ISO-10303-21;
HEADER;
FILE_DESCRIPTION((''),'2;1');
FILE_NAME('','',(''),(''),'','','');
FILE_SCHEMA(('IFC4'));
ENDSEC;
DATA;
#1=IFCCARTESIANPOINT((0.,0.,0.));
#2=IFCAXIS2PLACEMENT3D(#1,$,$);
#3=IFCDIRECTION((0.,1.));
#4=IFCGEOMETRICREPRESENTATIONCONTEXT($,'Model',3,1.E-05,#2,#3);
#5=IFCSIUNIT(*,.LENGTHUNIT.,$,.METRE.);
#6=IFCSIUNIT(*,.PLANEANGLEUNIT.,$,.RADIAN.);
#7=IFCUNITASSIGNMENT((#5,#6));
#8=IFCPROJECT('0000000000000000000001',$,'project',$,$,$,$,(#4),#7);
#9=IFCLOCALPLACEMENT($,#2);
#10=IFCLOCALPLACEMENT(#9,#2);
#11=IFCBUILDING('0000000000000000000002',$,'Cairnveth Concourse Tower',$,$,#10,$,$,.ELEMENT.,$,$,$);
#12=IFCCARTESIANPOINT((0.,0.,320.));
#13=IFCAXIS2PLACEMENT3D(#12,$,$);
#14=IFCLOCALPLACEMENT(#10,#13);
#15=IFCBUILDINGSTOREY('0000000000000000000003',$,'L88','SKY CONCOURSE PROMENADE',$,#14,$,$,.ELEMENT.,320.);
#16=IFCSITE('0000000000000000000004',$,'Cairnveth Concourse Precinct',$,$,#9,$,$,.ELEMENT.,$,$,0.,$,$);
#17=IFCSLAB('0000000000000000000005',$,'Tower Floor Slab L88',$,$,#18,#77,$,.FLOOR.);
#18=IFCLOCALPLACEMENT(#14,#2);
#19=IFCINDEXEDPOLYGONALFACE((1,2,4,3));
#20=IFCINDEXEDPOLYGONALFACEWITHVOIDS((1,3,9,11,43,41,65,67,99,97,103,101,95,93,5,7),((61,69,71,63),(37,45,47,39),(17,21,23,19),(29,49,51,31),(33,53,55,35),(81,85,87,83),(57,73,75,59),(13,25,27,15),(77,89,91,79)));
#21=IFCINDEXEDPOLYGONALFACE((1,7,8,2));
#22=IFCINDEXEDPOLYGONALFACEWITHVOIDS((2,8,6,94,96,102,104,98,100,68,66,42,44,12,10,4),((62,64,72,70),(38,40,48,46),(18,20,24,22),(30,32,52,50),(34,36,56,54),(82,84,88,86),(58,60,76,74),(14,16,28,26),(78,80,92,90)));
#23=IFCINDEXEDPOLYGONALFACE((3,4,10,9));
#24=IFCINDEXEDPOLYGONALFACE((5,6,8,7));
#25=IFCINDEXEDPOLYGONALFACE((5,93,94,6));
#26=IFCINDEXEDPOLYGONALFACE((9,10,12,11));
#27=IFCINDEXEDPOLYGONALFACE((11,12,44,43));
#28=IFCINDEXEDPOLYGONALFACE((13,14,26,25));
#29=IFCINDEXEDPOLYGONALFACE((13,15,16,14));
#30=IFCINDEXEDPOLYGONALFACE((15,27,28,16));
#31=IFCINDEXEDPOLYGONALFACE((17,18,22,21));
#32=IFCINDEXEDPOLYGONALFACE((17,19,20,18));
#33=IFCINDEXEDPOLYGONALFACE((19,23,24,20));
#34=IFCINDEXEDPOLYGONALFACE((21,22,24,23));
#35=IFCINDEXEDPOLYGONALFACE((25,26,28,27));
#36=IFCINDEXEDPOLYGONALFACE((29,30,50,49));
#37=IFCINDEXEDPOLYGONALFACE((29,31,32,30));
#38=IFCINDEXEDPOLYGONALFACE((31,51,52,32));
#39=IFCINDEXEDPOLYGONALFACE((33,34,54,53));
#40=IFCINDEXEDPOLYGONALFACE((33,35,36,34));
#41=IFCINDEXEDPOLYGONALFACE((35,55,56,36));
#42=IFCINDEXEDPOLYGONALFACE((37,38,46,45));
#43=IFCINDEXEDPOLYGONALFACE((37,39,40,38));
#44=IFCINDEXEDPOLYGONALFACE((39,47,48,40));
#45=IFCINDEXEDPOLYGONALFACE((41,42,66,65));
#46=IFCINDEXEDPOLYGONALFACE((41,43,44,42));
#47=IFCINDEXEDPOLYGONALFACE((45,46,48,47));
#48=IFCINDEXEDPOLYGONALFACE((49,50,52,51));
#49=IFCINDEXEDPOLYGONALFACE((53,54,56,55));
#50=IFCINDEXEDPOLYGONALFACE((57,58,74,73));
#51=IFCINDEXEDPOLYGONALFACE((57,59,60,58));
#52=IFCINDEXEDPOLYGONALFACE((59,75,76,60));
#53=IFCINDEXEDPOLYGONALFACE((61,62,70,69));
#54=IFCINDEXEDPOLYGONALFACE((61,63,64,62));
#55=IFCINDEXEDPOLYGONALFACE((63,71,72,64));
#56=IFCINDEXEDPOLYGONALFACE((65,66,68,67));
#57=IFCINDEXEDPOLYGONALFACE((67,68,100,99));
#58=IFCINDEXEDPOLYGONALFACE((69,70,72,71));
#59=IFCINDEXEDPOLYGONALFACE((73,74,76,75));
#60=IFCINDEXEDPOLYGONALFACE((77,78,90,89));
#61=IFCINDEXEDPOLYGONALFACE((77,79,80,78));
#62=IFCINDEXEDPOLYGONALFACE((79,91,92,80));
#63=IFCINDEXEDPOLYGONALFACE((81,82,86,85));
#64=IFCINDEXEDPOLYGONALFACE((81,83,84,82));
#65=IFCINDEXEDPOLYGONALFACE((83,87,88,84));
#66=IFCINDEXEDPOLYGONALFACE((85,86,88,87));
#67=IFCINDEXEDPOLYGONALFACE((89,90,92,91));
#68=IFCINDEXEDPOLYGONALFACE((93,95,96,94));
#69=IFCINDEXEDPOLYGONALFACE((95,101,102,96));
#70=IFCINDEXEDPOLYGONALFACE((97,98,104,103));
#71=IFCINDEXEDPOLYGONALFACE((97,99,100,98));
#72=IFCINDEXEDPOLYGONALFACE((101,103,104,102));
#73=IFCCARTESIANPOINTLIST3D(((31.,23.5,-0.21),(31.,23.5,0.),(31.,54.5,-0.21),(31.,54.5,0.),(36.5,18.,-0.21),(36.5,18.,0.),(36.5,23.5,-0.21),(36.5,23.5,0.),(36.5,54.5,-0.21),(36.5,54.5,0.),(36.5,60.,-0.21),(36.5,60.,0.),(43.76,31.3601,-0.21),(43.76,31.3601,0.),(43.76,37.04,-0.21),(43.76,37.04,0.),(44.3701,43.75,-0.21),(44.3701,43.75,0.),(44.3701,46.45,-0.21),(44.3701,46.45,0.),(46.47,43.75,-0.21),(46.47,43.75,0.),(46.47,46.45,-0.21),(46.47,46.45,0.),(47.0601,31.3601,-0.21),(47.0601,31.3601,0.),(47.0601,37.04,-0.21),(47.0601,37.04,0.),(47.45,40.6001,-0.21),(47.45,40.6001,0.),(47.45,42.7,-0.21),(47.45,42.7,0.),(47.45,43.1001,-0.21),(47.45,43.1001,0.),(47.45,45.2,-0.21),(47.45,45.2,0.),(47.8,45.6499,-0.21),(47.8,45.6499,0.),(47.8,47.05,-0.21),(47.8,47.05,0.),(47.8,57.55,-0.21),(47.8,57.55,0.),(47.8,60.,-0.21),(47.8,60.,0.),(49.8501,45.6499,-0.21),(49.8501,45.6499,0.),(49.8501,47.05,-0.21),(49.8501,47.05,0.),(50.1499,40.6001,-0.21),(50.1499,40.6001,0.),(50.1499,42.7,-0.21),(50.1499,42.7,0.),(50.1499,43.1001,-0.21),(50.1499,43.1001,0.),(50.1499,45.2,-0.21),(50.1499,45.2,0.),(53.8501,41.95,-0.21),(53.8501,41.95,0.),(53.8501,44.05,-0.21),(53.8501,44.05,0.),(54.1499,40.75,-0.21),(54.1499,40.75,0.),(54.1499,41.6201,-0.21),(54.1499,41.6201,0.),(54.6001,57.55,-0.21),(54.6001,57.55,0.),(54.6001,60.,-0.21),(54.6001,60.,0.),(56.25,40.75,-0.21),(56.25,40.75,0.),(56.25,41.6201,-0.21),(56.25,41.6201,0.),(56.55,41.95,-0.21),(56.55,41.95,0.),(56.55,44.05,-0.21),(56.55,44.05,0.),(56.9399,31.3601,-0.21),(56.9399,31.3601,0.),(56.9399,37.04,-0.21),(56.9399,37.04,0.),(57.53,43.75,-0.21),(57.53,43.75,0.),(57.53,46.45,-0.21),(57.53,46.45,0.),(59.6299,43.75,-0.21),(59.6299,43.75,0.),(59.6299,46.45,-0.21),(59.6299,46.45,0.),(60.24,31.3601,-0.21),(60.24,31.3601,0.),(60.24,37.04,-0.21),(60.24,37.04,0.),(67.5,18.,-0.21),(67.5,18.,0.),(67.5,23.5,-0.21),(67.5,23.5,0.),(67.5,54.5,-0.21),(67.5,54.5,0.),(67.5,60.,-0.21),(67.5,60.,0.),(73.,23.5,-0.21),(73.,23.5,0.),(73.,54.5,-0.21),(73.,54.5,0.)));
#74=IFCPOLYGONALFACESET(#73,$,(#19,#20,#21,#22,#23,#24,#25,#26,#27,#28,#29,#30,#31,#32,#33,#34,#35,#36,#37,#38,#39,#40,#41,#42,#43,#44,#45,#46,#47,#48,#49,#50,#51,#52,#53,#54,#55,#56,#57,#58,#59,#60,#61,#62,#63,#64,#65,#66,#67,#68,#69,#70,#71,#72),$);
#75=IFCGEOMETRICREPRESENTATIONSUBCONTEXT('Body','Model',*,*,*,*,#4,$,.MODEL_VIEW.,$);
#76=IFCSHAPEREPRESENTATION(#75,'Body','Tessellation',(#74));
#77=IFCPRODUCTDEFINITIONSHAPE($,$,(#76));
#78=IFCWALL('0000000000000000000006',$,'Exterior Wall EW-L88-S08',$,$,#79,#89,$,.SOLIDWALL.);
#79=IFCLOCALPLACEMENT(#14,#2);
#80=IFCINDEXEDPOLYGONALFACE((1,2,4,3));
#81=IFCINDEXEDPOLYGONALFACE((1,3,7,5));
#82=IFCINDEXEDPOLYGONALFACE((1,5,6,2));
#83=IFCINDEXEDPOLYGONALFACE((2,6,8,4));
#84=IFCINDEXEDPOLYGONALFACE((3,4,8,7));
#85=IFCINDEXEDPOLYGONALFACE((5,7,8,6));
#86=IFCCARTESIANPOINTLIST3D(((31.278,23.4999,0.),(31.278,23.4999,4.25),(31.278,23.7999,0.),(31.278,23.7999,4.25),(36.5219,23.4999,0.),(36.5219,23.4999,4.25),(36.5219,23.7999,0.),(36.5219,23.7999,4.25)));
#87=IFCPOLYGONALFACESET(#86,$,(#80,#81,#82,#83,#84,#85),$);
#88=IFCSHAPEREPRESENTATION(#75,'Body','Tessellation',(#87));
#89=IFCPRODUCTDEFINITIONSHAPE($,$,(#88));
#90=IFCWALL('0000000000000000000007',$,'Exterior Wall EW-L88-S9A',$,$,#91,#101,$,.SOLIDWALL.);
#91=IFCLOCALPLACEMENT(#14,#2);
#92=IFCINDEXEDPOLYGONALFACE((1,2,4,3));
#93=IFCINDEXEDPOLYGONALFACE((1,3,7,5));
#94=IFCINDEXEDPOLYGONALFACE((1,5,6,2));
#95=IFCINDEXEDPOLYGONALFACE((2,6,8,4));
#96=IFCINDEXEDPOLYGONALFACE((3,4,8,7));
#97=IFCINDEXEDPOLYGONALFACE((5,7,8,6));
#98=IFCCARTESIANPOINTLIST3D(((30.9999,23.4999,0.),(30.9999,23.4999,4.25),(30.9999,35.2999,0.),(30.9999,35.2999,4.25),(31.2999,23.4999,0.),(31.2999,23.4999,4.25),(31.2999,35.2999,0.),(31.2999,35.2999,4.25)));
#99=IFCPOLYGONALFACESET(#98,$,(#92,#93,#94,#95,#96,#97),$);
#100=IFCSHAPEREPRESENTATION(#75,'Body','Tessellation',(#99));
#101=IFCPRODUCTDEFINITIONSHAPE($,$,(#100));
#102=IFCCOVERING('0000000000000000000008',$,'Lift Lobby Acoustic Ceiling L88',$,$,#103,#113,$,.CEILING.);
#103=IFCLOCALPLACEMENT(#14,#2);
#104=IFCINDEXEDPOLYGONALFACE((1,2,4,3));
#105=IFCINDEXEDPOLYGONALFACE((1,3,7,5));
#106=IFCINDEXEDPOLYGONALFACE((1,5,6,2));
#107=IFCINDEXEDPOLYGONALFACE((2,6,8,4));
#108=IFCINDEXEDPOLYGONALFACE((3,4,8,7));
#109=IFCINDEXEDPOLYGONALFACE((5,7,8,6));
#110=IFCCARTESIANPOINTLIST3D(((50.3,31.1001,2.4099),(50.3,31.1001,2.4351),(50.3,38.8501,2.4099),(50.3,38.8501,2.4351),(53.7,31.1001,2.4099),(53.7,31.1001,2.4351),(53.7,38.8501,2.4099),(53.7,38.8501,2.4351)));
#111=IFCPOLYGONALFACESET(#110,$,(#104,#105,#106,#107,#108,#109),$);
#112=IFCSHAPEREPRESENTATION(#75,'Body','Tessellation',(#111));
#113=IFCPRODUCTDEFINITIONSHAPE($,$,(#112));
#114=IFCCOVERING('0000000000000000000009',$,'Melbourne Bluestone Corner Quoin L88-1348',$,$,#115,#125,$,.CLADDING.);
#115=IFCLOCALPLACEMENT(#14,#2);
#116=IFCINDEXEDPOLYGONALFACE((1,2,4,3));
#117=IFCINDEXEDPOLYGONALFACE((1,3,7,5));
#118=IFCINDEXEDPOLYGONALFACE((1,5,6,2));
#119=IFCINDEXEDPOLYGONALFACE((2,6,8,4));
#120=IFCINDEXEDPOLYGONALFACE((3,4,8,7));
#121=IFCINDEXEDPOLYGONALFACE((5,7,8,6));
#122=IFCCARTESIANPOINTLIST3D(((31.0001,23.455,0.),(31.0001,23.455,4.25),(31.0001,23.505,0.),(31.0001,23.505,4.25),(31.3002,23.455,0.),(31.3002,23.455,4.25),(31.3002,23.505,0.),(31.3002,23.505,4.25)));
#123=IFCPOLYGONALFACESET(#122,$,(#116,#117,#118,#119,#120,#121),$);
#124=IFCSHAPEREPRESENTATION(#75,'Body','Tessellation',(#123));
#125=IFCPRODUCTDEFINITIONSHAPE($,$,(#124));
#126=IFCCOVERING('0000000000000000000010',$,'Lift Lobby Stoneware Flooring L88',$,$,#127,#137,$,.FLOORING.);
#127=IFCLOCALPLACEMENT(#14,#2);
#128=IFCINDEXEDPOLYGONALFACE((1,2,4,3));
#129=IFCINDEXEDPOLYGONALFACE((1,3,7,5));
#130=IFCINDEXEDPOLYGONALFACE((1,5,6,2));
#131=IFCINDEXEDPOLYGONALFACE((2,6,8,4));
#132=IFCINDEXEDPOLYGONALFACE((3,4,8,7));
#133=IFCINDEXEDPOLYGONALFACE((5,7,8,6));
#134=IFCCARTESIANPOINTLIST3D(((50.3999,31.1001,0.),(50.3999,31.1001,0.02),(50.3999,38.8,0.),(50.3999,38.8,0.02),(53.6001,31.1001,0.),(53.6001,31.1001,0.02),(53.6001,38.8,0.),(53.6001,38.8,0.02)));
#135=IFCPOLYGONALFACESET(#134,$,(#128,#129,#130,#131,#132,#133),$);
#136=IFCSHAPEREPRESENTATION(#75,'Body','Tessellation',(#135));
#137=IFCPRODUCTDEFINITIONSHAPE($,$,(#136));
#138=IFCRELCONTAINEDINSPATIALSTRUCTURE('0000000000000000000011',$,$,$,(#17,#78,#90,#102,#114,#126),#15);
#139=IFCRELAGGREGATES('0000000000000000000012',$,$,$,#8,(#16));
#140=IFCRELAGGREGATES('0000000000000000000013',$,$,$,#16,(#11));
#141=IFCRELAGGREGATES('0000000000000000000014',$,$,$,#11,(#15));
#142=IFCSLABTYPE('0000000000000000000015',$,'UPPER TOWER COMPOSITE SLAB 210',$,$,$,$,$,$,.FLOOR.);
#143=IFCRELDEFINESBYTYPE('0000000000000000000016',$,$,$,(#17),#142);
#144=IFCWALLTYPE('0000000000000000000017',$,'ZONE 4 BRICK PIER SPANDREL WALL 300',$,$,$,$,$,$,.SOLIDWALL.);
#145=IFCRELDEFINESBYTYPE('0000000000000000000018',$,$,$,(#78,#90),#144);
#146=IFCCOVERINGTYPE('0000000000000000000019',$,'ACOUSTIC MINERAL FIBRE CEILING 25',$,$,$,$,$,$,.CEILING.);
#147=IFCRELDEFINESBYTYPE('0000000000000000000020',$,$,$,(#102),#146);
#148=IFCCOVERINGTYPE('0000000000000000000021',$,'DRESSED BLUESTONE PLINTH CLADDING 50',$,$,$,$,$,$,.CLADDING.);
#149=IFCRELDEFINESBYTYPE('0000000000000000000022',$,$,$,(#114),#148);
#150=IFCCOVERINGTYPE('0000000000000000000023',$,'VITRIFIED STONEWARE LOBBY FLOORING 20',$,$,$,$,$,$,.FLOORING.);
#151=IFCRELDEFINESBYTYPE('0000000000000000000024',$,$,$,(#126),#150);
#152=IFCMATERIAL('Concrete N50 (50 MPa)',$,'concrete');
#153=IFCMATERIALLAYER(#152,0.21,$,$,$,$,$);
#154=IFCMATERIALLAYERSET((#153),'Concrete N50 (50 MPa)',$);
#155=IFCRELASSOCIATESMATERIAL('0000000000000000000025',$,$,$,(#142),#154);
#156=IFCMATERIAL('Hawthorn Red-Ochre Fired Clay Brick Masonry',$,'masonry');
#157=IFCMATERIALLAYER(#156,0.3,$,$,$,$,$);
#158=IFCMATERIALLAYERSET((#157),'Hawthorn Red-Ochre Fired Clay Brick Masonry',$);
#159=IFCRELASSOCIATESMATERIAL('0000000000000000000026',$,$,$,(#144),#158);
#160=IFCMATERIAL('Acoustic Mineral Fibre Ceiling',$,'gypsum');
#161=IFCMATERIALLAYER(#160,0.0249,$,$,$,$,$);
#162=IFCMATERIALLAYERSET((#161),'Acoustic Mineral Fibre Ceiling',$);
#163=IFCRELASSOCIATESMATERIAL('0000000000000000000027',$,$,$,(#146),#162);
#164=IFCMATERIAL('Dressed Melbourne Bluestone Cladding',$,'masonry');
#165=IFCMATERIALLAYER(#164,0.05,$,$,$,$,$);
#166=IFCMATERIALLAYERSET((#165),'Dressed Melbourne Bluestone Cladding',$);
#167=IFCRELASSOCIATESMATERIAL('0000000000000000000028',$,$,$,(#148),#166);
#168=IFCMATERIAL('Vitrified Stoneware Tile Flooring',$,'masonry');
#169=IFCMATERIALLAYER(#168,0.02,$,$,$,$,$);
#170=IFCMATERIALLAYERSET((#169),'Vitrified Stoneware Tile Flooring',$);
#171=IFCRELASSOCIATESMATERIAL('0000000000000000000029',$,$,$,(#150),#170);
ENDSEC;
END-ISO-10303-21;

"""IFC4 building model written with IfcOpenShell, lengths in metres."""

from ifc_helpers import new_model, si_unit, direction, frame, frame_2d, origin, place, context, subcontext, project, spatial, polyline, rectangle, outline, extrude, material, layer, layer_set, type_object, element, save


model = new_model("IFC4")

# Units and contexts
model_context = context("Model", 3, precision=1e-05, world=origin(), true_north=direction((0.0, 1.0)))
body_context = subcontext(model_context, "Body", "Model", "MODEL_VIEW")
ifc_project = project(units=[si_unit("LENGTHUNIT", "METRE"), si_unit("PLANEANGLEUNIT", "RADIAN")], contexts=[model_context])

# Site, building, storey
site_placement = place(None, origin())
site = spatial("IfcSite", under=ifc_project, at=site_placement, Name="Cairnveth Concourse Precinct", CompositionType="ELEMENT", RefElevation=0.0)
building_placement = place(site_placement, origin())
building = spatial("IfcBuilding", under=site, at=building_placement, Name="Cairnveth Concourse Tower", CompositionType="ELEMENT")
storey_placement = place(building_placement, frame((0.0, 0.0, 320.0)))
storey = spatial("IfcBuildingStorey", under=building, at=storey_placement, Name="L88", Description="SKY CONCOURSE PROMENADE", CompositionType="ELEMENT", Elevation=320.0)

# Shared definitions
ifc_material_1 = material(Name="Concrete N50 (50 MPa)", Category="concrete")

# Slab
ifc_layer_1 = layer(ifc_material_1, 0.21)
ifc_layer_set_1 = layer_set([ifc_layer_1], Name="Concrete N50 (50 MPa)")
slab_type_1 = type_object("IfcSlabType", Name="UPPER TOWER COMPOSITE SLAB 210", PredefinedType="FLOOR", material=ifc_layer_set_1)
slab_1_placement = place(storey_placement, frame((0.0, 0.0, -0.21)))
element("IfcSlab", 1, at=slab_1_placement, inside=storey, type_object=slab_type_1, Name="Tower Floor Slab L88", PredefinedType="FLOOR", context=body_context, shape_type="SweptSolid", body=[
    extrude(outline(polyline([(54.6001, 60.0), (54.6001, 57.55), (47.8, 57.55), (47.8, 60.0), (36.5, 60.0), (36.5, 54.5), (31.0, 54.5), (31.0, 23.5), (36.5, 23.5), (36.5, 18.0), (67.5, 18.0), (67.5, 23.5), (73.0, 23.5), (73.0, 54.5), (67.5, 54.5), (67.5, 60.0), (54.6001, 60.0)]), holes=[polyline([(43.76, 31.3601), (47.0601, 31.3601), (47.0601, 37.04), (43.76, 37.04), (43.76, 31.3601)]), polyline([(56.9399, 31.3601), (60.24, 31.3601), (60.24, 37.04), (56.9399, 37.04), (56.9399, 31.3601)]), polyline([(44.3701, 43.75), (46.47, 43.75), (46.47, 46.45), (44.3701, 46.45), (44.3701, 43.75)]), polyline([(57.53, 43.75), (59.6299, 43.75), (59.6299, 46.45), (57.53, 46.45), (57.53, 43.75)]), polyline([(47.45, 40.6001), (50.1499, 40.6001), (50.1499, 42.7), (47.45, 42.7), (47.45, 40.6001)]), polyline([(47.45, 43.1001), (50.1499, 43.1001), (50.1499, 45.2), (47.45, 45.2), (47.45, 43.1001)]), polyline([(53.8501, 41.95), (56.55, 41.95), (56.55, 44.05), (53.8501, 44.05), (53.8501, 41.95)]), polyline([(47.8, 45.6499), (49.8501, 45.6499), (49.8501, 47.05), (47.8, 47.05), (47.8, 45.6499)]), polyline([(54.1499, 40.75), (56.25, 40.75), (56.25, 41.6201), (54.1499, 41.6201), (54.1499, 40.75)])]), origin(), (0.0, 0.0, 1.0), 0.21),
])

# Walls
ifc_material_2 = material(Name="Hawthorn Red-Ochre Fired Clay Brick Masonry", Category="masonry")
ifc_layer_2 = layer(ifc_material_2, 0.3)
ifc_layer_set_2 = layer_set([ifc_layer_2], Name="Hawthorn Red-Ochre Fired Clay Brick Masonry")
wall_type = type_object("IfcWallType", Name="ZONE 4 BRICK PIER SPANDREL WALL 300", PredefinedType="SOLIDWALL", material=ifc_layer_set_2)
wall_1_placement = place(storey_placement, frame((36.522, 23.6499, 0.0), z_axis=(0.0, 0.0, 1.0), x_axis=(-1.0, 0.0, 0.0)))
element("IfcWall", 2, at=wall_1_placement, inside=storey, type_object=wall_type, Name="Exterior Wall EW-L88-S08", PredefinedType="SOLIDWALL", context=body_context, shape_type="SweptSolid", body=[
    extrude(rectangle(XDim=5.2439, YDim=0.3, at=frame_2d((2.6221, 0.0))), origin(), (0.0, 0.0, 1.0), 4.25),
])
wall_2_placement = place(storey_placement, frame((31.1499, 23.5, 0.0), z_axis=(0.0, 0.0, 1.0), x_axis=(0.0, 1.0, 0.0)))
element("IfcWall", 3, at=wall_2_placement, inside=storey, type_object=wall_type, Name="Exterior Wall EW-L88-S9A", PredefinedType="SOLIDWALL", context=body_context, shape_type="SweptSolid", body=[
    extrude(rectangle(XDim=11.8, YDim=0.3, at=frame_2d((5.8999, 0.0))), origin(), (0.0, 0.0, 1.0), 4.25),
])

# Coverings
ifc_material_3 = material(Name="Acoustic Mineral Fibre Ceiling", Category="gypsum")
ifc_layer_3 = layer(ifc_material_3, 0.0249)
ifc_layer_set_3 = layer_set([ifc_layer_3], Name="Acoustic Mineral Fibre Ceiling")
covering_type_1 = type_object("IfcCoveringType", Name="ACOUSTIC MINERAL FIBRE CEILING 25", PredefinedType="CEILING", material=ifc_layer_set_3)
covering_1_placement = place(storey_placement, frame((0.0, 0.0, 2.4099)))
element("IfcCovering", 4, at=covering_1_placement, inside=storey, type_object=covering_type_1, Name="Lift Lobby Acoustic Ceiling L88", PredefinedType="CEILING", context=body_context, shape_type="SweptSolid", body=[
    extrude(outline(polyline([(50.3, 31.1001), (53.7, 31.1001), (53.7, 38.8501), (50.3, 38.8501), (50.3, 31.1001)])), origin(), (0.0, 0.0, 1.0), 0.0251),
])
ifc_material_4 = material(Name="Dressed Melbourne Bluestone Cladding", Category="masonry")
ifc_layer_4 = layer(ifc_material_4, 0.05)
ifc_layer_set_4 = layer_set([ifc_layer_4], Name="Dressed Melbourne Bluestone Cladding")
covering_type_2 = type_object("IfcCoveringType", Name="DRESSED BLUESTONE PLINTH CLADDING 50", PredefinedType="CLADDING", material=ifc_layer_set_4)
covering_2_placement = place(storey_placement, frame((31.3, 23.48, 0.0), z_axis=(0.0, 0.0, 1.0), x_axis=(-1.0, 0.0, 0.0)))
element("IfcCovering", 5, at=covering_2_placement, inside=storey, type_object=covering_type_2, Name="Melbourne Bluestone Corner Quoin L88-1348", PredefinedType="CLADDING", context=body_context, shape_type="SweptSolid", body=[
    extrude(rectangle(XDim=0.3, YDim=0.05, at=frame_2d((0.1499, 0.0))), origin(), (0.0, 0.0, 1.0), 4.25),
])
ifc_material_5 = material(Name="Vitrified Stoneware Tile Flooring", Category="masonry")
ifc_layer_5 = layer(ifc_material_5, 0.02)
ifc_layer_set_5 = layer_set([ifc_layer_5], Name="Vitrified Stoneware Tile Flooring")
covering_type_3 = type_object("IfcCoveringType", Name="VITRIFIED STONEWARE LOBBY FLOORING 20", PredefinedType="FLOORING", material=ifc_layer_set_5)
covering_3_placement = place(storey_placement, origin())
element("IfcCovering", 6, at=covering_3_placement, inside=storey, type_object=covering_type_3, Name="Lift Lobby Stoneware Flooring L88", PredefinedType="FLOORING", context=body_context, shape_type="SweptSolid", body=[
    extrude(outline(polyline([(50.3999, 31.1001), (53.6001, 31.1001), (53.6001, 38.8), (50.3999, 38.8), (50.3999, 31.1001)])), origin(), (0.0, 0.0, 1.0), 0.02),
])

save(model, "model.ifc")
